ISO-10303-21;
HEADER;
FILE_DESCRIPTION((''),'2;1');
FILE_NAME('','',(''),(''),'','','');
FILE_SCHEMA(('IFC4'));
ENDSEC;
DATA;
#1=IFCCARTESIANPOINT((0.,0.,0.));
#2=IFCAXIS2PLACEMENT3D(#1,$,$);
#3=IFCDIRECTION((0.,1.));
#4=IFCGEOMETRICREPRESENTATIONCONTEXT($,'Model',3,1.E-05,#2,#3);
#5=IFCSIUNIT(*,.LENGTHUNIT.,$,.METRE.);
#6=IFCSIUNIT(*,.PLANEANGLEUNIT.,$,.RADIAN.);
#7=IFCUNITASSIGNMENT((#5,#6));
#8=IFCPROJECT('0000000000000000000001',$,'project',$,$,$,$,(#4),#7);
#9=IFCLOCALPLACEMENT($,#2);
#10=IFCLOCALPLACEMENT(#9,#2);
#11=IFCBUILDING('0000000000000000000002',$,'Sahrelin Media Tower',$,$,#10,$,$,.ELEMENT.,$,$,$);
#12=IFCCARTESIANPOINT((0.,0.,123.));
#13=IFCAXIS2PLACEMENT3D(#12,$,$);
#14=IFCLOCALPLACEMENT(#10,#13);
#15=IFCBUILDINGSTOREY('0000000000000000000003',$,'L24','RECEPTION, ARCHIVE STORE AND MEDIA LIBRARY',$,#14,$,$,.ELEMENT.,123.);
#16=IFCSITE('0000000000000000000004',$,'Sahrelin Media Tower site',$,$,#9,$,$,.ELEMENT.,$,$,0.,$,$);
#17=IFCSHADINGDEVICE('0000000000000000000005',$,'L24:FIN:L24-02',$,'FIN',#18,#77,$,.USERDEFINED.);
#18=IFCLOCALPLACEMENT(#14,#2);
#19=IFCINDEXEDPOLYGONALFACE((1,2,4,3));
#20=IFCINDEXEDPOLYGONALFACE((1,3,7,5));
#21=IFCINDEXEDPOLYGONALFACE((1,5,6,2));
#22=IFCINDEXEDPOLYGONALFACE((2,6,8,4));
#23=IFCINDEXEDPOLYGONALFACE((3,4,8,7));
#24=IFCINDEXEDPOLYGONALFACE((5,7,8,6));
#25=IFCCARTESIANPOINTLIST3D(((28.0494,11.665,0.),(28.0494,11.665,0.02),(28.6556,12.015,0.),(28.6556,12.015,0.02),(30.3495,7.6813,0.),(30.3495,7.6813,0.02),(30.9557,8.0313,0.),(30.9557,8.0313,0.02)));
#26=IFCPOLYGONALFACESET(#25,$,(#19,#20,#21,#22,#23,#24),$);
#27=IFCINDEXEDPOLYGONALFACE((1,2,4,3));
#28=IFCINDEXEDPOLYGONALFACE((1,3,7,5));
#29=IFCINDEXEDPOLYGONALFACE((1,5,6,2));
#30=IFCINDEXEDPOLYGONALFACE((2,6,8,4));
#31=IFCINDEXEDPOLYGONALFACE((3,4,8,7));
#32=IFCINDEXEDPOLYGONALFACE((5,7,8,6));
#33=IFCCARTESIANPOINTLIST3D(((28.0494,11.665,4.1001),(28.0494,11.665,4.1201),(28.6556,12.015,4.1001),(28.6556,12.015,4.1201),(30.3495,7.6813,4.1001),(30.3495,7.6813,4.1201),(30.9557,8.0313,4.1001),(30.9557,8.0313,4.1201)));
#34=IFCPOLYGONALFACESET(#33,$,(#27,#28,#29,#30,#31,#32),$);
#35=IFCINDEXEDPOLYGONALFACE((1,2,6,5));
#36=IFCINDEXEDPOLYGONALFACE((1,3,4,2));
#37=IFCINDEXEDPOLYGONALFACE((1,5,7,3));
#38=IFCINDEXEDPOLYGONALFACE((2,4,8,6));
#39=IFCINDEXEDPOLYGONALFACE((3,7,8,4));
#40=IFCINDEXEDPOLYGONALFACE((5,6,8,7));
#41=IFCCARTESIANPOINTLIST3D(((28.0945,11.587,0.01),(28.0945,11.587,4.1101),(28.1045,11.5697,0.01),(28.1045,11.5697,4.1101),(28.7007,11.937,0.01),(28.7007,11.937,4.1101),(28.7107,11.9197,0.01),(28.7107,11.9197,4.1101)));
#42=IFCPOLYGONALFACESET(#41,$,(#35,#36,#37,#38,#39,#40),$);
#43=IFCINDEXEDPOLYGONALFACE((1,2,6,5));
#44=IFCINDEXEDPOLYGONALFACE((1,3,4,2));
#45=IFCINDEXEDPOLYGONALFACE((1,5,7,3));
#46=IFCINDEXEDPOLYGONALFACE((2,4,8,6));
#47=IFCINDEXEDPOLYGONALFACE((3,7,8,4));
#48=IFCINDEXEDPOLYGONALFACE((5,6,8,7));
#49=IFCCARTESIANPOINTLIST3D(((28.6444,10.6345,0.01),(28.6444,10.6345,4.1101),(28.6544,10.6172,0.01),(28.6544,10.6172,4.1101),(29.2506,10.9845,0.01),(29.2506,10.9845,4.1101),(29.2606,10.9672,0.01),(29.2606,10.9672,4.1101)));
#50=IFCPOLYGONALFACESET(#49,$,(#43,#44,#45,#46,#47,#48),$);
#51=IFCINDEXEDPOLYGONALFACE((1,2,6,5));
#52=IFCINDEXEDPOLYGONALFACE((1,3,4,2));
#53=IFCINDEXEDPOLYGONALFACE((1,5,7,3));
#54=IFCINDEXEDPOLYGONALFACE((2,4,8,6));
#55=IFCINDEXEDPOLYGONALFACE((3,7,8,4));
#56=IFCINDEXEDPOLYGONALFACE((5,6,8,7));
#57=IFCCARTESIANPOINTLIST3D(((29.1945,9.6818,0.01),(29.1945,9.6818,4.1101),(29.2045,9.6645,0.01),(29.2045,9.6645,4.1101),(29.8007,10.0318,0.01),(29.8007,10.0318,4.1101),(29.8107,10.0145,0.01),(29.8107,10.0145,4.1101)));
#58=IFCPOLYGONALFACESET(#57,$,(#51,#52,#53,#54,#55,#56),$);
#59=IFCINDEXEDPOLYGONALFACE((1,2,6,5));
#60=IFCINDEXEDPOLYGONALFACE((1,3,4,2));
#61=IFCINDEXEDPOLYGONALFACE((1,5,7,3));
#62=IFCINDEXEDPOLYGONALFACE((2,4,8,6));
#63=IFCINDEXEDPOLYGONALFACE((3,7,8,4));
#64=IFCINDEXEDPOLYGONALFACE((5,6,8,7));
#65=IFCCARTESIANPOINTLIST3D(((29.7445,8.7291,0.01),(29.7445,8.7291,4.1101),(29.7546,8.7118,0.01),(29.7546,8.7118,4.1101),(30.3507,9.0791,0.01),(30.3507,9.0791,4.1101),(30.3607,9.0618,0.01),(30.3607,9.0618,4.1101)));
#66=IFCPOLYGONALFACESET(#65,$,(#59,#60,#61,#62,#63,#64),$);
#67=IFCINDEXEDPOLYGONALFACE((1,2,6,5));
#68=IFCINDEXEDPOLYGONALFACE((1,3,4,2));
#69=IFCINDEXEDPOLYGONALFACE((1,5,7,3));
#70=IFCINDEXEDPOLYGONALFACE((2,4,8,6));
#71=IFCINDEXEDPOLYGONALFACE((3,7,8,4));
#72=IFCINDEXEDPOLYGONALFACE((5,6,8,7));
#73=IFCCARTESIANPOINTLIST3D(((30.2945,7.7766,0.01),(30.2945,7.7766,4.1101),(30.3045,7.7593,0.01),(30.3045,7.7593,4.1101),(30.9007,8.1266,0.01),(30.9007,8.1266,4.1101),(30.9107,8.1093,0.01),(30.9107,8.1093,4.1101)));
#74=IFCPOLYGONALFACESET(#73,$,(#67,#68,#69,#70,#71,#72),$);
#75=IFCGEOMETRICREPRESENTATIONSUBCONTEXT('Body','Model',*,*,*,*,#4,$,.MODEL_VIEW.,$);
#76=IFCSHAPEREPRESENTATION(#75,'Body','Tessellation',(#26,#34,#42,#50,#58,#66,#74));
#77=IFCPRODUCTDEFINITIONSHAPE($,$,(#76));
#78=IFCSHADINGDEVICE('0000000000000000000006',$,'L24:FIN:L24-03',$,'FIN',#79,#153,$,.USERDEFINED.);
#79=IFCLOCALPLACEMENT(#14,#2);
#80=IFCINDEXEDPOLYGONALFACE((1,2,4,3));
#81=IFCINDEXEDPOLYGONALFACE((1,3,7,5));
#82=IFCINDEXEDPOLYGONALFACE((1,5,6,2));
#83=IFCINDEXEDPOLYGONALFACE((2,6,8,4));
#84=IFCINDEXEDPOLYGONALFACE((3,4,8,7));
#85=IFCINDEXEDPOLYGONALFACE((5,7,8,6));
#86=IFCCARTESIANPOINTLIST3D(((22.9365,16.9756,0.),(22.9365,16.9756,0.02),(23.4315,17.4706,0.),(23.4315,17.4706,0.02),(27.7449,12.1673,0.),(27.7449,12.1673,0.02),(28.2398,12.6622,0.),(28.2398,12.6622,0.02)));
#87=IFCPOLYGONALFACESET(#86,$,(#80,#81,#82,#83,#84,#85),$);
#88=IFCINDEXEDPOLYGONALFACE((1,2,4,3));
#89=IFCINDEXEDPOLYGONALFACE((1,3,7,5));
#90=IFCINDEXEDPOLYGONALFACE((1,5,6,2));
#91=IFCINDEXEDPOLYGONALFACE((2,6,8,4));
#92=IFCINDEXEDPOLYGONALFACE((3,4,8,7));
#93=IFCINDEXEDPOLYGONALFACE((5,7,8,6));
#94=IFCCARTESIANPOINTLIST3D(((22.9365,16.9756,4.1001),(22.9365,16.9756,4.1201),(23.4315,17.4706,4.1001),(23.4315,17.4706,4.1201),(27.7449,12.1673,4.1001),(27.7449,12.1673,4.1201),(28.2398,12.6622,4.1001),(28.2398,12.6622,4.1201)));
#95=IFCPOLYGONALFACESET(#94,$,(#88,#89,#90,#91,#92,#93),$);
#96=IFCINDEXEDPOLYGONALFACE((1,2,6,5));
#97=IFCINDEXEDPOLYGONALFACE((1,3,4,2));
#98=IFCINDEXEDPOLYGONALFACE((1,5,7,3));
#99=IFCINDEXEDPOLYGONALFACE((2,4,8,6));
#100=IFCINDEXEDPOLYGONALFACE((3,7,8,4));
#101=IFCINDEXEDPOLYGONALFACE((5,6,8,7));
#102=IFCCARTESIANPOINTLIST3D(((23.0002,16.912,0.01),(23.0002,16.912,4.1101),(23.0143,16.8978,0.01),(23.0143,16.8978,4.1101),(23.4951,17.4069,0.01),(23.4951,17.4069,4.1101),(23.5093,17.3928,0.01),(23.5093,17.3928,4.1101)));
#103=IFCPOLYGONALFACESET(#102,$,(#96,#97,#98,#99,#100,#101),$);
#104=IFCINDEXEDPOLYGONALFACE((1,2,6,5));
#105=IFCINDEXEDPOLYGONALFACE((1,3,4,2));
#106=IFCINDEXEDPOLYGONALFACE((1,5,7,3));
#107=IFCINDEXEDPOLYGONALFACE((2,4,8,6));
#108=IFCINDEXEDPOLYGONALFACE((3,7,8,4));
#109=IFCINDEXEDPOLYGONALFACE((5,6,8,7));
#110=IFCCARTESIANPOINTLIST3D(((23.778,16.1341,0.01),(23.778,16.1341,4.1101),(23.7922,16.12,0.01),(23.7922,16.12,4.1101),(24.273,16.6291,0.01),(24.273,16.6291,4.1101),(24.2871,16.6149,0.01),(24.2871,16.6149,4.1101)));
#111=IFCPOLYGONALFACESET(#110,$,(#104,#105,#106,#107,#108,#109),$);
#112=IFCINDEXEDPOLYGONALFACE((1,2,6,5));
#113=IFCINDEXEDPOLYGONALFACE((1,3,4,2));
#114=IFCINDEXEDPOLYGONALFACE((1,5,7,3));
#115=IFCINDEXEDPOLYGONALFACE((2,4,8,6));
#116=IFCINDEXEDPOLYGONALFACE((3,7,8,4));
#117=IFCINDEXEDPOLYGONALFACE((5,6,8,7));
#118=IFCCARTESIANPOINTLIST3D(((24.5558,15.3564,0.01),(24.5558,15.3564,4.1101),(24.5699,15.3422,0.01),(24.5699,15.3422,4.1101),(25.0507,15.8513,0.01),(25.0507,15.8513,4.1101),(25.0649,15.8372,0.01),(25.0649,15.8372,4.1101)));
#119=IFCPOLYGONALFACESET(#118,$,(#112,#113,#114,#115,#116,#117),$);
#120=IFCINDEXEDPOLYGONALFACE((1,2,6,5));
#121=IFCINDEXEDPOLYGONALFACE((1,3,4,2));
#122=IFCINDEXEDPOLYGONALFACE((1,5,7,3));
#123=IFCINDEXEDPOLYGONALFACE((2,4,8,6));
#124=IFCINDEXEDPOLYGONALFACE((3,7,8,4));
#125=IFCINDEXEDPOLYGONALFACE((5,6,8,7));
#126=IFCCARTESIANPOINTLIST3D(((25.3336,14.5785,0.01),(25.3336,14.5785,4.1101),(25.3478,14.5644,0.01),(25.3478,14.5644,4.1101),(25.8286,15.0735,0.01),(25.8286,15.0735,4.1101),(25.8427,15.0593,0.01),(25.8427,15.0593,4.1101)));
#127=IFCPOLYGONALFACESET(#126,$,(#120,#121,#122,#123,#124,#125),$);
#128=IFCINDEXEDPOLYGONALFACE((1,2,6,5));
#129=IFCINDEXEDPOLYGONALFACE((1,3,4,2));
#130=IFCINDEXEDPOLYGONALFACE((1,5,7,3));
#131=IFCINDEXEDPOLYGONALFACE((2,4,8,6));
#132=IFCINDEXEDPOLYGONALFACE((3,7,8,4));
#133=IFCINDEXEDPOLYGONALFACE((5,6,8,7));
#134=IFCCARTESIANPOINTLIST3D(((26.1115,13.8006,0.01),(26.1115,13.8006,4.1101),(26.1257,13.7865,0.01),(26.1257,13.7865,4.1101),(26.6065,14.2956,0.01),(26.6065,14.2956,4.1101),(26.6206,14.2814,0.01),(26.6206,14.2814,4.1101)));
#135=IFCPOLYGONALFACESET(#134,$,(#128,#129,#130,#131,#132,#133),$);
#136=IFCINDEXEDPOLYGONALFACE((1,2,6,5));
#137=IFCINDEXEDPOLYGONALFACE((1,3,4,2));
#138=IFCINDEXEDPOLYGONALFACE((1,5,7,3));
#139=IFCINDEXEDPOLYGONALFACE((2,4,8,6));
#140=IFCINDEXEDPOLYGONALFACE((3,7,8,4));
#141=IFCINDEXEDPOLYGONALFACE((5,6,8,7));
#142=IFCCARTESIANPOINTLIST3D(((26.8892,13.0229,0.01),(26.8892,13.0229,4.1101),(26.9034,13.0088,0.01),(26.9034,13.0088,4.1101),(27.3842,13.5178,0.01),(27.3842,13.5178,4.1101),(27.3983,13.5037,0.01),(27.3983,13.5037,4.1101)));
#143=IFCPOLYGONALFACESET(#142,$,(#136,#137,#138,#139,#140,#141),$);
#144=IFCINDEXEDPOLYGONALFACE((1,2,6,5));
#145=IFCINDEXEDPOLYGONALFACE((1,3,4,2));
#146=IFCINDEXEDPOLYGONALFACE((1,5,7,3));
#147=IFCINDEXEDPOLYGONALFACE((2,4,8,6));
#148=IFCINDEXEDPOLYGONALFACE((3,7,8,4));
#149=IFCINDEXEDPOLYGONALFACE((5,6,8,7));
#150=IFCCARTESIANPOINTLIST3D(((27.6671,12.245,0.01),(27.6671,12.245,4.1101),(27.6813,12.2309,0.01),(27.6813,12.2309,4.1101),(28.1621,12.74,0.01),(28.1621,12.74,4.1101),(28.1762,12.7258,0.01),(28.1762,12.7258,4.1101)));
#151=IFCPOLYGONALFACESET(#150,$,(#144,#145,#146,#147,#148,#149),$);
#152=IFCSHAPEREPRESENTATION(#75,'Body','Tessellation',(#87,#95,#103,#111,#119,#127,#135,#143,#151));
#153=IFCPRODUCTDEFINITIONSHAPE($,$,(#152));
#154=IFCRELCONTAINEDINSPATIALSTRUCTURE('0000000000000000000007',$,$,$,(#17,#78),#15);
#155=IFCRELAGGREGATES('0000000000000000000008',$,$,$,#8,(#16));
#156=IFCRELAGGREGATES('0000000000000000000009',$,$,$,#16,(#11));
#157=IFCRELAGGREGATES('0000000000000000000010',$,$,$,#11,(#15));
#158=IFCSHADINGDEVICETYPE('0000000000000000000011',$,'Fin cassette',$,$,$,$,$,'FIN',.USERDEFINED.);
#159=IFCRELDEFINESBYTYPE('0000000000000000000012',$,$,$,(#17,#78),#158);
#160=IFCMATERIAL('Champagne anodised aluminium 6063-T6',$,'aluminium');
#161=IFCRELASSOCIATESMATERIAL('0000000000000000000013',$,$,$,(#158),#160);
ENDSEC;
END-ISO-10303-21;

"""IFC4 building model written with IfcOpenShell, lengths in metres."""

from ifc_helpers import new_model, si_unit, direction, frame, origin, origin_2d, place, context, subcontext, project, spatial, rectangle, extrude, material, type_object, element, save


model = new_model("IFC4")

# Units and contexts
model_context = context("Model", 3, precision=1e-05, world=origin(), true_north=direction((0.0, 1.0)))
body_context = subcontext(model_context, "Body", "Model", "MODEL_VIEW")
ifc_project = project(units=[si_unit("LENGTHUNIT", "METRE"), si_unit("PLANEANGLEUNIT", "RADIAN")], contexts=[model_context])

# Site, building, storey
site_placement = place(None, origin())
site = spatial("IfcSite", under=ifc_project, at=site_placement, Name="Sahrelin Media Tower site", CompositionType="ELEMENT", RefElevation=0.0)
building_placement = place(site_placement, origin())
building = spatial("IfcBuilding", under=site, at=building_placement, Name="Sahrelin Media Tower", CompositionType="ELEMENT")
storey_placement = place(building_placement, frame((0.0, 0.0, 123.0)))
storey = spatial("IfcBuildingStorey", under=building, at=storey_placement, Name="L24", Description="RECEPTION, ARCHIVE STORE AND MEDIA LIBRARY", CompositionType="ELEMENT", Elevation=123.0)

# Shared definitions
ifc_material_1 = material(Name="Champagne anodised aluminium 6063-T6", Category="aluminium")

# Shading devices
shading_device_type_1 = type_object("IfcShadingDeviceType", Name="Fin cassette", ElementType="FIN", PredefinedType="USERDEFINED", material=ifc_material_1)
placement_1 = place(storey_placement, frame((29.1389, 9.6382, 0.0), z_axis=(0.0, 0.0, 1.0), x_axis=(0.500011, -0.866019, 0.0)))
element("IfcShadingDevice", 1, at=placement_1, inside=storey, type_object=shading_device_type_1, Name="L24:FIN:L24-02", ObjectType="FIN", PredefinedType="USERDEFINED", context=body_context, shape_type="SweptSolid", body=[
    extrude(rectangle(XDim=4.6001, YDim=0.7, at=origin_2d()), frame((0.0, 0.4199, 0.0)), (0.0, 0.0, 1.0), 0.02),
    extrude(rectangle(XDim=4.6001, YDim=0.7, at=origin_2d()), frame((0.0, 0.4199, 4.1001)), (0.0, 0.0, 1.0), 0.02),
    extrude(rectangle(XDim=0.02, YDim=0.7, at=origin_2d()), frame((-2.2, 0.4199, 0.01), z_axis=(0.0, 0.0, 1.0), x_axis=(1.0, 0.0, 0.0)), (0.0, 0.0, 1.0), 4.1001),
    extrude(rectangle(XDim=0.02, YDim=0.7, at=origin_2d()), frame((-1.1001, 0.4199, 0.01), z_axis=(0.0, 0.0, 1.0), x_axis=(1.0, 0.0, 0.0)), (0.0, 0.0, 1.0), 4.1001),
    extrude(rectangle(XDim=0.02, YDim=0.7, at=origin_2d()), frame((0.0, 0.4199, 0.01), z_axis=(0.0, 0.0, 1.0), x_axis=(1.0, 0.0, 0.0)), (0.0, 0.0, 1.0), 4.1001),
    extrude(rectangle(XDim=0.02, YDim=0.7, at=origin_2d()), frame((1.1001, 0.4199, 0.01), z_axis=(0.0, 0.0, 1.0), x_axis=(1.0, 0.0, 0.0)), (0.0, 0.0, 1.0), 4.1001),
    extrude(rectangle(XDim=0.02, YDim=0.7, at=origin_2d()), frame((2.2, 0.4199, 0.01), z_axis=(0.0, 0.0, 1.0), x_axis=(1.0, 0.0, 0.0)), (0.0, 0.0, 1.0), 4.1001),
])
placement_2 = place(storey_placement, frame((25.2913, 14.522, 0.0), z_axis=(0.0, 0.0, 1.0), x_axis=(0.707107, -0.707107, 0.0)))
element("IfcShadingDevice", 2, at=placement_2, inside=storey, type_object=shading_device_type_1, Name="L24:FIN:L24-03", ObjectType="FIN", PredefinedType="USERDEFINED", context=body_context, shape_type="SweptSolid", body=[
    extrude(rectangle(XDim=6.8, YDim=0.7, at=origin_2d()), frame((0.0, 0.4199, 0.0)), (0.0, 0.0, 1.0), 0.02),
    extrude(rectangle(XDim=6.8, YDim=0.7, at=origin_2d()), frame((0.0, 0.4199, 4.1001)), (0.0, 0.0, 1.0), 0.02),
    extrude(rectangle(XDim=0.02, YDim=0.7, at=origin_2d()), frame((-3.3, 0.4199, 0.01), z_axis=(0.0, 0.0, 1.0), x_axis=(1.0, 0.0, 0.0)), (0.0, 0.0, 1.0), 4.1001),
    extrude(rectangle(XDim=0.02, YDim=0.7, at=origin_2d()), frame((-2.2, 0.4199, 0.01), z_axis=(0.0, 0.0, 1.0), x_axis=(1.0, 0.0, 0.0)), (0.0, 0.0, 1.0), 4.1001),
    extrude(rectangle(XDim=0.02, YDim=0.7, at=origin_2d()), frame((-1.1001, 0.4199, 0.01), z_axis=(0.0, 0.0, 1.0), x_axis=(1.0, 0.0, 0.0)), (0.0, 0.0, 1.0), 4.1001),
    extrude(rectangle(XDim=0.02, YDim=0.7, at=origin_2d()), frame((0.0, 0.4199, 0.01), z_axis=(0.0, 0.0, 1.0), x_axis=(1.0, 0.0, 0.0)), (0.0, 0.0, 1.0), 4.1001),
    extrude(rectangle(XDim=0.02, YDim=0.7, at=origin_2d()), frame((1.1001, 0.4199, 0.01), z_axis=(0.0, 0.0, 1.0), x_axis=(1.0, 0.0, 0.0)), (0.0, 0.0, 1.0), 4.1001),
    extrude(rectangle(XDim=0.02, YDim=0.7, at=origin_2d()), frame((2.2, 0.4199, 0.01), z_axis=(0.0, 0.0, 1.0), x_axis=(1.0, 0.0, 0.0)), (0.0, 0.0, 1.0), 4.1001),
    extrude(rectangle(XDim=0.02, YDim=0.7, at=origin_2d()), frame((3.3, 0.4199, 0.01), z_axis=(0.0, 0.0, 1.0), x_axis=(1.0, 0.0, 0.0)), (0.0, 0.0, 1.0), 4.1001),
])

save(model, "model.ifc")
